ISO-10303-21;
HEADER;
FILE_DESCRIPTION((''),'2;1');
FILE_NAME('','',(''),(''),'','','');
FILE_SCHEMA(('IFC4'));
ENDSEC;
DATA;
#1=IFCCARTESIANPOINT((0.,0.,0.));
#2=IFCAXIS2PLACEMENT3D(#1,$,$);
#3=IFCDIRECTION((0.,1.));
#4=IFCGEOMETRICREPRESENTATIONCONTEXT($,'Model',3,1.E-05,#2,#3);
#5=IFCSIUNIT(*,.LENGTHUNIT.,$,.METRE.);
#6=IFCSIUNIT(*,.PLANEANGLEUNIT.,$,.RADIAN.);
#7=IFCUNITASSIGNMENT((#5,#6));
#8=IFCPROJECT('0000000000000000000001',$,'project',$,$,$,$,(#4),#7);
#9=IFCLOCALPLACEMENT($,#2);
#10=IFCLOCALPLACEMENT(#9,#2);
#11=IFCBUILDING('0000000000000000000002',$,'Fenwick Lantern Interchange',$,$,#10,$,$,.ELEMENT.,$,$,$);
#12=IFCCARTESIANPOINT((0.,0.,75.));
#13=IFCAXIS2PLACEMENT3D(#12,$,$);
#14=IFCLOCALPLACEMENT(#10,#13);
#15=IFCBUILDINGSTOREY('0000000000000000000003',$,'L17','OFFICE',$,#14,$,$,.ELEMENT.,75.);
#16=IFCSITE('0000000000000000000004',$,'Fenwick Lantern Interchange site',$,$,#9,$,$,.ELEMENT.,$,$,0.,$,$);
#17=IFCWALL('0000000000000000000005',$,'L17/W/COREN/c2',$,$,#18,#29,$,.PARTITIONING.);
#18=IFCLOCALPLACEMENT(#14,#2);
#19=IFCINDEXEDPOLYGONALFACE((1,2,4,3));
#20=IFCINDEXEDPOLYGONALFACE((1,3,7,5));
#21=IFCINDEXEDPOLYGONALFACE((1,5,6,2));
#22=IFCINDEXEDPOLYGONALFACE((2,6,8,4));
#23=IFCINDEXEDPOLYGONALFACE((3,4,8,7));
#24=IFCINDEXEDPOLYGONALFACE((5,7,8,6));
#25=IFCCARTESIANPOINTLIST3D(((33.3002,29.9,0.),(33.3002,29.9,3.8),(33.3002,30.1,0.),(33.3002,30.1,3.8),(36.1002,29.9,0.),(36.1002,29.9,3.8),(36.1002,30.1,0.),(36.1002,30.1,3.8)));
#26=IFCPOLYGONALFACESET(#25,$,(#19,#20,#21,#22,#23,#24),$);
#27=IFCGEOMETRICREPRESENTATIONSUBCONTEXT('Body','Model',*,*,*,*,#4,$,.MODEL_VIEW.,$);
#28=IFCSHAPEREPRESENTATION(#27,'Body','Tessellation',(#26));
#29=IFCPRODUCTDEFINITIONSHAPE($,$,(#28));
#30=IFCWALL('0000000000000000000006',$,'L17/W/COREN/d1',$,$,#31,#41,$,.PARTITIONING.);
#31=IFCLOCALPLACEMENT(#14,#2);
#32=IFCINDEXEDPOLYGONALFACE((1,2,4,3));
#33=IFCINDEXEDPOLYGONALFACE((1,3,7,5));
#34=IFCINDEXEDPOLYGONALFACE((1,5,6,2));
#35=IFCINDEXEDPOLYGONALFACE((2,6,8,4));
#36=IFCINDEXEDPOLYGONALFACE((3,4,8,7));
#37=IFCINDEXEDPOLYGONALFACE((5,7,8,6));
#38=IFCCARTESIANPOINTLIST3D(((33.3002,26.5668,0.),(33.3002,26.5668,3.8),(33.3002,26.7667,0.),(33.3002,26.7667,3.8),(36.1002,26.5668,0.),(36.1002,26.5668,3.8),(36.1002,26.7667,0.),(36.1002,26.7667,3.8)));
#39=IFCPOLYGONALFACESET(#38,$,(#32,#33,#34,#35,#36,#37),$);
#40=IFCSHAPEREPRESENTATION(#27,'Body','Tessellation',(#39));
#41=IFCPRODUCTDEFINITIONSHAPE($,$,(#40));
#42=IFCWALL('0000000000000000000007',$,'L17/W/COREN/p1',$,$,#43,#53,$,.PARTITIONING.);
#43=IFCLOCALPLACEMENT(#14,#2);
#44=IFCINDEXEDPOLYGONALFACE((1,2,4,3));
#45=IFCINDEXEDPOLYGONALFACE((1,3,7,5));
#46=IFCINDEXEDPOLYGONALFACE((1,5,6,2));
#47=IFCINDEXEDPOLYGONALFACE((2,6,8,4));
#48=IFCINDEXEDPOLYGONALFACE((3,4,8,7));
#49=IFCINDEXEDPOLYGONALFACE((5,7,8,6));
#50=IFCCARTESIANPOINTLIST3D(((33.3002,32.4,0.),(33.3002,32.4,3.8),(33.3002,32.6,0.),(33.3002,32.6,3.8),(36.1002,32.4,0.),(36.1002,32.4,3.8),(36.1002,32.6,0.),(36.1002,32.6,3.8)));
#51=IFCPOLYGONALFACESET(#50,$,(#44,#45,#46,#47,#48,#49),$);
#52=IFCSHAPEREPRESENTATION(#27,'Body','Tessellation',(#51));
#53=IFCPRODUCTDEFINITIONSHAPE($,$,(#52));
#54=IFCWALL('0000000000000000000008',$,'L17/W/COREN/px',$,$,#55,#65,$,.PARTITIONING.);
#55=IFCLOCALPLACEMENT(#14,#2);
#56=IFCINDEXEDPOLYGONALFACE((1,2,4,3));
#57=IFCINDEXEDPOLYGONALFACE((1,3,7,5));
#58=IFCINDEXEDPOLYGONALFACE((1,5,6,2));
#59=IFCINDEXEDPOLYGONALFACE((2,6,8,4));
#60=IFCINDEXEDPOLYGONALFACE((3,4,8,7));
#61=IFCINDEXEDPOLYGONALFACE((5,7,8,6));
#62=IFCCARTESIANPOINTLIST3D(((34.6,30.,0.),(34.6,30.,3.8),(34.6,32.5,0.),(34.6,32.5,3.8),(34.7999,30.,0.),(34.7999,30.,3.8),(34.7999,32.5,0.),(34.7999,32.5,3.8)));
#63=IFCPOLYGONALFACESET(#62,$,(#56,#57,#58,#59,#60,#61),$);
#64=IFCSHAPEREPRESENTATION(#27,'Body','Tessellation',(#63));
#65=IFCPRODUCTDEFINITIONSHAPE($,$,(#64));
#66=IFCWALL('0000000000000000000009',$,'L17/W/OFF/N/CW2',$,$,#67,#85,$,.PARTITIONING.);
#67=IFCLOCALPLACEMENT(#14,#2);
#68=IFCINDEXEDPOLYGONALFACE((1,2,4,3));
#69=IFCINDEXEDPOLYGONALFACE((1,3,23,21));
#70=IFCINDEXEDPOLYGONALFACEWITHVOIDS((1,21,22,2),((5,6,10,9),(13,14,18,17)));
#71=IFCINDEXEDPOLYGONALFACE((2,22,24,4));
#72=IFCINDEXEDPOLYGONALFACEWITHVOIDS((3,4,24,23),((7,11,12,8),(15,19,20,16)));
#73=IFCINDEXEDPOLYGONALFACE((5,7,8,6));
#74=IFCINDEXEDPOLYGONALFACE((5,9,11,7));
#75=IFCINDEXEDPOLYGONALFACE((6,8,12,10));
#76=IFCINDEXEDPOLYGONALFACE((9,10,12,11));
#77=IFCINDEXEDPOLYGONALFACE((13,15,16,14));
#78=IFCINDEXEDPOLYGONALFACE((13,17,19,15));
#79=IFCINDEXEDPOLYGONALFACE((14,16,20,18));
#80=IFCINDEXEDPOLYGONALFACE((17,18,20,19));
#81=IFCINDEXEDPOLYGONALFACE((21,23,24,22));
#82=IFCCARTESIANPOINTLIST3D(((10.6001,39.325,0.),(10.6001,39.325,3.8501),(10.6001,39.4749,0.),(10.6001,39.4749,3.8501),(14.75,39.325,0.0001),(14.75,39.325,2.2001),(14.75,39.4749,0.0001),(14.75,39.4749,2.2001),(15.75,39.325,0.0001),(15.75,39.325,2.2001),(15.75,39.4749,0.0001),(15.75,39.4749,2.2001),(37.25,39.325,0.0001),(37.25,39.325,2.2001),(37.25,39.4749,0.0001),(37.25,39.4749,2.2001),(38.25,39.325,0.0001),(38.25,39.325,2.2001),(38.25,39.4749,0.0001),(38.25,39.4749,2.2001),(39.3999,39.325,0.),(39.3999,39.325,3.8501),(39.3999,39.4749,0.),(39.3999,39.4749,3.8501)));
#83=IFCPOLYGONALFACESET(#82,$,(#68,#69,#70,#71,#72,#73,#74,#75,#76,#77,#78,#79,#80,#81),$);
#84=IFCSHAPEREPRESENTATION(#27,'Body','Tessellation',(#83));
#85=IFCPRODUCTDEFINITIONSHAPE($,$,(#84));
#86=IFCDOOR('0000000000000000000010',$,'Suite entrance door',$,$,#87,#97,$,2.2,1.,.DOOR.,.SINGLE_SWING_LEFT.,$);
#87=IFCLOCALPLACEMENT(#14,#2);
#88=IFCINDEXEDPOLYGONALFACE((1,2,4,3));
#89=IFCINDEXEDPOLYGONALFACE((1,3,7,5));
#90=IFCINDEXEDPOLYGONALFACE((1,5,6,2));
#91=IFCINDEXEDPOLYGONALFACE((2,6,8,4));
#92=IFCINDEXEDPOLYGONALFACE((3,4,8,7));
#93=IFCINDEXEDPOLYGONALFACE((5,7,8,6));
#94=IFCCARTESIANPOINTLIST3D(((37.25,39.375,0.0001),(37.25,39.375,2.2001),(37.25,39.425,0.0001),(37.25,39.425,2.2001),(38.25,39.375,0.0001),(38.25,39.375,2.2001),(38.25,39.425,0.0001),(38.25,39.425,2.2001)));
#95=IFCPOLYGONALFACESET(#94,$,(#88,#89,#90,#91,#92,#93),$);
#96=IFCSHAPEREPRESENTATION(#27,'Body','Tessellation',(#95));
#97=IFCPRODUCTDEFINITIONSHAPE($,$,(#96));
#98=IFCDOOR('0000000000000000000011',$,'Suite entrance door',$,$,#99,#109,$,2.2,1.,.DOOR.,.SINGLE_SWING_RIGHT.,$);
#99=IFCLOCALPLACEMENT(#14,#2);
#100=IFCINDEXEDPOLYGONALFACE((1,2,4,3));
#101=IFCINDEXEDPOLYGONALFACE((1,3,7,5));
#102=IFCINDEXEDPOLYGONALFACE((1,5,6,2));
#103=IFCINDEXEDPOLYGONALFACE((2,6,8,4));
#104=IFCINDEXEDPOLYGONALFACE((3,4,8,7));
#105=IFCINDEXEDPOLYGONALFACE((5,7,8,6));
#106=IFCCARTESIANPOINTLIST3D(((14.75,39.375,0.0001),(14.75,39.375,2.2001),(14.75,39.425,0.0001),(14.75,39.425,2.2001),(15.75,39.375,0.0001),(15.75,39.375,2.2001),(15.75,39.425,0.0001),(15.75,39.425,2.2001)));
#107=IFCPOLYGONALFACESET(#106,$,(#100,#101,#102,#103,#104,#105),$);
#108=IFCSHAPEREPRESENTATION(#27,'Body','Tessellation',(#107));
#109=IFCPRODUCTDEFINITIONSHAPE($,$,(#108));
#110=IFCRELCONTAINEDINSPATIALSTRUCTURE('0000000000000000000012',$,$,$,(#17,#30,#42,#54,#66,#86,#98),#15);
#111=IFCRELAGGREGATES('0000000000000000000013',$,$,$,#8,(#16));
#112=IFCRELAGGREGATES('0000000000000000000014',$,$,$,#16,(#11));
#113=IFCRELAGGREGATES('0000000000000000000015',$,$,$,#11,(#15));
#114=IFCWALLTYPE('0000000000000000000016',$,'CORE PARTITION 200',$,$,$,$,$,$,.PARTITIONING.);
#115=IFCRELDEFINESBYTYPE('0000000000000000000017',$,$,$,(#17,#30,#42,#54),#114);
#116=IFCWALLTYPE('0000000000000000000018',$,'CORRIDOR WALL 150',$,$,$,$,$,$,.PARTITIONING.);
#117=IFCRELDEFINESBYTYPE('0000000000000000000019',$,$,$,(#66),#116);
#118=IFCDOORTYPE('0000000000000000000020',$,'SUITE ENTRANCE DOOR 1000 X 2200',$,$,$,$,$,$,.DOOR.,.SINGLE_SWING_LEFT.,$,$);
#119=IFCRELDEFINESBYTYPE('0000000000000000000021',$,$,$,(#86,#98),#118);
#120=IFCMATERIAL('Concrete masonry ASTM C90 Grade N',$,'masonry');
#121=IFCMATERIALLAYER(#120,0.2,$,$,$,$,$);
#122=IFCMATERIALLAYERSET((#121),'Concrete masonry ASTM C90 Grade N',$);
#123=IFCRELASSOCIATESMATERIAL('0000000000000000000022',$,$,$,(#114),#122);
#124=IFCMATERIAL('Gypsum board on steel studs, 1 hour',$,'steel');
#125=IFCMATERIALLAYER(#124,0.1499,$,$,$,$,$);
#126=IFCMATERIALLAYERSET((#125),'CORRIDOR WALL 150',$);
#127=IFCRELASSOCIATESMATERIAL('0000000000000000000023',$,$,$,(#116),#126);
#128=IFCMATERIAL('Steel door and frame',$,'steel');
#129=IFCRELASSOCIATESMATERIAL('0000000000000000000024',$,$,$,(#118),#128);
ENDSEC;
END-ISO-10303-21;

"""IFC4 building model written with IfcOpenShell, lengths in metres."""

from ifc_helpers import new_model, si_unit, direction, frame, frame_2d, origin, place, context, subcontext, project, spatial, rectangle, extrude, material, layer, layer_set, type_object, element, fill, save


model = new_model("IFC4")

# Units and contexts
model_context = context("Model", 3, precision=1e-05, world=origin(), true_north=direction((0.0, 1.0)))
body_context = subcontext(model_context, "Body", "Model", "MODEL_VIEW")
ifc_project = project(units=[si_unit("LENGTHUNIT", "METRE"), si_unit("PLANEANGLEUNIT", "RADIAN")], contexts=[model_context])

# Site, building, storey
site_placement = place(None, origin())
site = spatial("IfcSite", under=ifc_project, at=site_placement, Name="Fenwick Lantern Interchange site", CompositionType="ELEMENT", RefElevation=0.0)
building_placement = place(site_placement, origin())
building = spatial("IfcBuilding", under=site, at=building_placement, Name="Fenwick Lantern Interchange", CompositionType="ELEMENT")
storey_placement = place(building_placement, frame((0.0, 0.0, 75.0)))
storey = spatial("IfcBuildingStorey", under=building, at=storey_placement, Name="L17", Description="OFFICE", CompositionType="ELEMENT", Elevation=75.0)

# Shared definitions
ifc_material_1 = material(Name="Concrete masonry ASTM C90 Grade N", Category="masonry")
ifc_layer_1 = layer(ifc_material_1, 0.2)
ifc_layer_set_1 = layer_set([ifc_layer_1], Name="Concrete masonry ASTM C90 Grade N")
wall_type_1 = type_object("IfcWallType", Name="CORE PARTITION 200", PredefinedType="PARTITIONING", material=ifc_layer_set_1)
ifc_material_2 = material(Name="Steel door and frame", Category="steel")

# Walls
for number, where, z_axis, x_axis, name in (
    (1, (36.1001, 30.0, 0.0), (0.0, 0.0, 1.0), (-1.0, 0.0, 0.0), "L17/W/COREN/c2"),
    (2, (36.1001, 26.6667, 0.0), (0.0, 0.0, 1.0), (-1.0, 0.0, 0.0), "L17/W/COREN/d1"),
    (3, (36.1001, 32.5, 0.0), (0.0, 0.0, 1.0), (-1.0, 0.0, 0.0), "L17/W/COREN/p1"),
):
    element("IfcWall", number, at=place(storey_placement, frame(where, z_axis=z_axis, x_axis=x_axis)), inside=storey, type_object=wall_type_1, Name=name, PredefinedType="PARTITIONING", context=body_context, shape_type="SweptSolid", body=[
        extrude(rectangle(XDim=2.8, YDim=0.2, at=frame_2d((1.3999, 0.0))), origin(), (0.0, 0.0, 1.0), 3.8),
    ])
wall_1_placement = place(storey_placement, frame((34.7, 32.5, 0.0), z_axis=(0.0, 0.0, 1.0), x_axis=(0.0, -1.0, 0.0)))
element("IfcWall", 4, at=wall_1_placement, inside=storey, type_object=wall_type_1, Name="L17/W/COREN/px", PredefinedType="PARTITIONING", context=body_context, shape_type="SweptSolid", body=[
    extrude(rectangle(XDim=2.5, YDim=0.2, at=frame_2d((1.25, 0.0))), origin(), (0.0, 0.0, 1.0), 3.8),
])

# Wall, openings, doors
ifc_material_3 = material(Name="Gypsum board on steel studs, 1 hour", Category="steel")
ifc_layer_2 = layer(ifc_material_3, 0.1499)
ifc_layer_set_2 = layer_set([ifc_layer_2], Name="CORRIDOR WALL 150")
wall_type_2 = type_object("IfcWallType", Name="CORRIDOR WALL 150", PredefinedType="PARTITIONING", material=ifc_layer_set_2)
wall_2_placement = place(storey_placement, frame((39.3999, 39.3999, 0.0), z_axis=(0.0, 0.0, 1.0), x_axis=(-1.0, 0.0, 0.0)))
wall_2 = element("IfcWall", 5, at=wall_2_placement, inside=storey, type_object=wall_type_2, Name="L17/W/OFF/N/CW2", PredefinedType="PARTITIONING", context=body_context, shape_type="SweptSolid", body=[
    extrude(rectangle(XDim=28.7998, YDim=0.1499, at=frame_2d((14.3999, 0.0))), origin(), (0.0, 0.0, 1.0), 3.8501),
])
opening_1_placement = place(wall_2_placement, frame((1.1499, 0.0, 0.0)))
opening_1 = element("IfcOpeningElement", 6, at=opening_1_placement, cuts=wall_2, PredefinedType="OPENING", context=body_context, shape_type="SweptSolid", body=[
    extrude(rectangle(XDim=1.0, YDim=2.2, at=frame_2d((0.5, 1.1001))), frame((0.0, 0.085, 0.0), z_axis=(0.0, -1.0, 0.0), x_axis=(1.0, 0.0, 0.0)), (0.0, 0.0, 1.0), 0.1699),
])
opening_2_placement = place(wall_2_placement, frame((23.6499, 0.0, 0.0)))
opening_2 = element("IfcOpeningElement", 7, at=opening_2_placement, cuts=wall_2, PredefinedType="OPENING", context=body_context, shape_type="SweptSolid", body=[
    extrude(rectangle(XDim=1.0, YDim=2.2, at=frame_2d((0.5, 1.1001))), frame((0.0, 0.085, 0.0), z_axis=(0.0, -1.0, 0.0), x_axis=(1.0, 0.0, 0.0)), (0.0, 0.0, 1.0), 0.1699),
])
door_type_1 = type_object("IfcDoorType", Name="SUITE ENTRANCE DOOR 1000 X 2200", OperationType="SINGLE_SWING_LEFT", PredefinedType="DOOR", material=ifc_material_2)
door_1_placement = place(opening_1_placement, origin())
door_1 = element("IfcDoor", 8, at=door_1_placement, inside=storey, type_object=door_type_1, Name="Suite entrance door", OperationType="SINGLE_SWING_LEFT", OverallHeight=2.2, OverallWidth=1.0, PredefinedType="DOOR", context=body_context, shape_type="SweptSolid", body=[
    extrude(rectangle(XDim=1.0, YDim=2.2, at=frame_2d((0.5, 1.1001))), frame((0.0, 0.0249, 0.0), z_axis=(0.0, -1.0, 0.0), x_axis=(1.0, 0.0, 0.0)), (0.0, 0.0, 1.0), 0.05),
])
fill(opening_1, door_1)
door_2_placement = place(opening_2_placement, origin())
door_2 = element("IfcDoor", 9, at=door_2_placement, inside=storey, type_object=door_type_1, Name="Suite entrance door", OperationType="SINGLE_SWING_RIGHT", OverallHeight=2.2, OverallWidth=1.0, PredefinedType="DOOR", context=body_context, shape_type="SweptSolid", body=[
    extrude(rectangle(XDim=1.0, YDim=2.2, at=frame_2d((0.5, 1.1001))), frame((0.0, 0.0249, 0.0), z_axis=(0.0, -1.0, 0.0), x_axis=(1.0, 0.0, 0.0)), (0.0, 0.0, 1.0), 0.05),
])
fill(opening_2, door_2)

save(model, "model.ifc")
